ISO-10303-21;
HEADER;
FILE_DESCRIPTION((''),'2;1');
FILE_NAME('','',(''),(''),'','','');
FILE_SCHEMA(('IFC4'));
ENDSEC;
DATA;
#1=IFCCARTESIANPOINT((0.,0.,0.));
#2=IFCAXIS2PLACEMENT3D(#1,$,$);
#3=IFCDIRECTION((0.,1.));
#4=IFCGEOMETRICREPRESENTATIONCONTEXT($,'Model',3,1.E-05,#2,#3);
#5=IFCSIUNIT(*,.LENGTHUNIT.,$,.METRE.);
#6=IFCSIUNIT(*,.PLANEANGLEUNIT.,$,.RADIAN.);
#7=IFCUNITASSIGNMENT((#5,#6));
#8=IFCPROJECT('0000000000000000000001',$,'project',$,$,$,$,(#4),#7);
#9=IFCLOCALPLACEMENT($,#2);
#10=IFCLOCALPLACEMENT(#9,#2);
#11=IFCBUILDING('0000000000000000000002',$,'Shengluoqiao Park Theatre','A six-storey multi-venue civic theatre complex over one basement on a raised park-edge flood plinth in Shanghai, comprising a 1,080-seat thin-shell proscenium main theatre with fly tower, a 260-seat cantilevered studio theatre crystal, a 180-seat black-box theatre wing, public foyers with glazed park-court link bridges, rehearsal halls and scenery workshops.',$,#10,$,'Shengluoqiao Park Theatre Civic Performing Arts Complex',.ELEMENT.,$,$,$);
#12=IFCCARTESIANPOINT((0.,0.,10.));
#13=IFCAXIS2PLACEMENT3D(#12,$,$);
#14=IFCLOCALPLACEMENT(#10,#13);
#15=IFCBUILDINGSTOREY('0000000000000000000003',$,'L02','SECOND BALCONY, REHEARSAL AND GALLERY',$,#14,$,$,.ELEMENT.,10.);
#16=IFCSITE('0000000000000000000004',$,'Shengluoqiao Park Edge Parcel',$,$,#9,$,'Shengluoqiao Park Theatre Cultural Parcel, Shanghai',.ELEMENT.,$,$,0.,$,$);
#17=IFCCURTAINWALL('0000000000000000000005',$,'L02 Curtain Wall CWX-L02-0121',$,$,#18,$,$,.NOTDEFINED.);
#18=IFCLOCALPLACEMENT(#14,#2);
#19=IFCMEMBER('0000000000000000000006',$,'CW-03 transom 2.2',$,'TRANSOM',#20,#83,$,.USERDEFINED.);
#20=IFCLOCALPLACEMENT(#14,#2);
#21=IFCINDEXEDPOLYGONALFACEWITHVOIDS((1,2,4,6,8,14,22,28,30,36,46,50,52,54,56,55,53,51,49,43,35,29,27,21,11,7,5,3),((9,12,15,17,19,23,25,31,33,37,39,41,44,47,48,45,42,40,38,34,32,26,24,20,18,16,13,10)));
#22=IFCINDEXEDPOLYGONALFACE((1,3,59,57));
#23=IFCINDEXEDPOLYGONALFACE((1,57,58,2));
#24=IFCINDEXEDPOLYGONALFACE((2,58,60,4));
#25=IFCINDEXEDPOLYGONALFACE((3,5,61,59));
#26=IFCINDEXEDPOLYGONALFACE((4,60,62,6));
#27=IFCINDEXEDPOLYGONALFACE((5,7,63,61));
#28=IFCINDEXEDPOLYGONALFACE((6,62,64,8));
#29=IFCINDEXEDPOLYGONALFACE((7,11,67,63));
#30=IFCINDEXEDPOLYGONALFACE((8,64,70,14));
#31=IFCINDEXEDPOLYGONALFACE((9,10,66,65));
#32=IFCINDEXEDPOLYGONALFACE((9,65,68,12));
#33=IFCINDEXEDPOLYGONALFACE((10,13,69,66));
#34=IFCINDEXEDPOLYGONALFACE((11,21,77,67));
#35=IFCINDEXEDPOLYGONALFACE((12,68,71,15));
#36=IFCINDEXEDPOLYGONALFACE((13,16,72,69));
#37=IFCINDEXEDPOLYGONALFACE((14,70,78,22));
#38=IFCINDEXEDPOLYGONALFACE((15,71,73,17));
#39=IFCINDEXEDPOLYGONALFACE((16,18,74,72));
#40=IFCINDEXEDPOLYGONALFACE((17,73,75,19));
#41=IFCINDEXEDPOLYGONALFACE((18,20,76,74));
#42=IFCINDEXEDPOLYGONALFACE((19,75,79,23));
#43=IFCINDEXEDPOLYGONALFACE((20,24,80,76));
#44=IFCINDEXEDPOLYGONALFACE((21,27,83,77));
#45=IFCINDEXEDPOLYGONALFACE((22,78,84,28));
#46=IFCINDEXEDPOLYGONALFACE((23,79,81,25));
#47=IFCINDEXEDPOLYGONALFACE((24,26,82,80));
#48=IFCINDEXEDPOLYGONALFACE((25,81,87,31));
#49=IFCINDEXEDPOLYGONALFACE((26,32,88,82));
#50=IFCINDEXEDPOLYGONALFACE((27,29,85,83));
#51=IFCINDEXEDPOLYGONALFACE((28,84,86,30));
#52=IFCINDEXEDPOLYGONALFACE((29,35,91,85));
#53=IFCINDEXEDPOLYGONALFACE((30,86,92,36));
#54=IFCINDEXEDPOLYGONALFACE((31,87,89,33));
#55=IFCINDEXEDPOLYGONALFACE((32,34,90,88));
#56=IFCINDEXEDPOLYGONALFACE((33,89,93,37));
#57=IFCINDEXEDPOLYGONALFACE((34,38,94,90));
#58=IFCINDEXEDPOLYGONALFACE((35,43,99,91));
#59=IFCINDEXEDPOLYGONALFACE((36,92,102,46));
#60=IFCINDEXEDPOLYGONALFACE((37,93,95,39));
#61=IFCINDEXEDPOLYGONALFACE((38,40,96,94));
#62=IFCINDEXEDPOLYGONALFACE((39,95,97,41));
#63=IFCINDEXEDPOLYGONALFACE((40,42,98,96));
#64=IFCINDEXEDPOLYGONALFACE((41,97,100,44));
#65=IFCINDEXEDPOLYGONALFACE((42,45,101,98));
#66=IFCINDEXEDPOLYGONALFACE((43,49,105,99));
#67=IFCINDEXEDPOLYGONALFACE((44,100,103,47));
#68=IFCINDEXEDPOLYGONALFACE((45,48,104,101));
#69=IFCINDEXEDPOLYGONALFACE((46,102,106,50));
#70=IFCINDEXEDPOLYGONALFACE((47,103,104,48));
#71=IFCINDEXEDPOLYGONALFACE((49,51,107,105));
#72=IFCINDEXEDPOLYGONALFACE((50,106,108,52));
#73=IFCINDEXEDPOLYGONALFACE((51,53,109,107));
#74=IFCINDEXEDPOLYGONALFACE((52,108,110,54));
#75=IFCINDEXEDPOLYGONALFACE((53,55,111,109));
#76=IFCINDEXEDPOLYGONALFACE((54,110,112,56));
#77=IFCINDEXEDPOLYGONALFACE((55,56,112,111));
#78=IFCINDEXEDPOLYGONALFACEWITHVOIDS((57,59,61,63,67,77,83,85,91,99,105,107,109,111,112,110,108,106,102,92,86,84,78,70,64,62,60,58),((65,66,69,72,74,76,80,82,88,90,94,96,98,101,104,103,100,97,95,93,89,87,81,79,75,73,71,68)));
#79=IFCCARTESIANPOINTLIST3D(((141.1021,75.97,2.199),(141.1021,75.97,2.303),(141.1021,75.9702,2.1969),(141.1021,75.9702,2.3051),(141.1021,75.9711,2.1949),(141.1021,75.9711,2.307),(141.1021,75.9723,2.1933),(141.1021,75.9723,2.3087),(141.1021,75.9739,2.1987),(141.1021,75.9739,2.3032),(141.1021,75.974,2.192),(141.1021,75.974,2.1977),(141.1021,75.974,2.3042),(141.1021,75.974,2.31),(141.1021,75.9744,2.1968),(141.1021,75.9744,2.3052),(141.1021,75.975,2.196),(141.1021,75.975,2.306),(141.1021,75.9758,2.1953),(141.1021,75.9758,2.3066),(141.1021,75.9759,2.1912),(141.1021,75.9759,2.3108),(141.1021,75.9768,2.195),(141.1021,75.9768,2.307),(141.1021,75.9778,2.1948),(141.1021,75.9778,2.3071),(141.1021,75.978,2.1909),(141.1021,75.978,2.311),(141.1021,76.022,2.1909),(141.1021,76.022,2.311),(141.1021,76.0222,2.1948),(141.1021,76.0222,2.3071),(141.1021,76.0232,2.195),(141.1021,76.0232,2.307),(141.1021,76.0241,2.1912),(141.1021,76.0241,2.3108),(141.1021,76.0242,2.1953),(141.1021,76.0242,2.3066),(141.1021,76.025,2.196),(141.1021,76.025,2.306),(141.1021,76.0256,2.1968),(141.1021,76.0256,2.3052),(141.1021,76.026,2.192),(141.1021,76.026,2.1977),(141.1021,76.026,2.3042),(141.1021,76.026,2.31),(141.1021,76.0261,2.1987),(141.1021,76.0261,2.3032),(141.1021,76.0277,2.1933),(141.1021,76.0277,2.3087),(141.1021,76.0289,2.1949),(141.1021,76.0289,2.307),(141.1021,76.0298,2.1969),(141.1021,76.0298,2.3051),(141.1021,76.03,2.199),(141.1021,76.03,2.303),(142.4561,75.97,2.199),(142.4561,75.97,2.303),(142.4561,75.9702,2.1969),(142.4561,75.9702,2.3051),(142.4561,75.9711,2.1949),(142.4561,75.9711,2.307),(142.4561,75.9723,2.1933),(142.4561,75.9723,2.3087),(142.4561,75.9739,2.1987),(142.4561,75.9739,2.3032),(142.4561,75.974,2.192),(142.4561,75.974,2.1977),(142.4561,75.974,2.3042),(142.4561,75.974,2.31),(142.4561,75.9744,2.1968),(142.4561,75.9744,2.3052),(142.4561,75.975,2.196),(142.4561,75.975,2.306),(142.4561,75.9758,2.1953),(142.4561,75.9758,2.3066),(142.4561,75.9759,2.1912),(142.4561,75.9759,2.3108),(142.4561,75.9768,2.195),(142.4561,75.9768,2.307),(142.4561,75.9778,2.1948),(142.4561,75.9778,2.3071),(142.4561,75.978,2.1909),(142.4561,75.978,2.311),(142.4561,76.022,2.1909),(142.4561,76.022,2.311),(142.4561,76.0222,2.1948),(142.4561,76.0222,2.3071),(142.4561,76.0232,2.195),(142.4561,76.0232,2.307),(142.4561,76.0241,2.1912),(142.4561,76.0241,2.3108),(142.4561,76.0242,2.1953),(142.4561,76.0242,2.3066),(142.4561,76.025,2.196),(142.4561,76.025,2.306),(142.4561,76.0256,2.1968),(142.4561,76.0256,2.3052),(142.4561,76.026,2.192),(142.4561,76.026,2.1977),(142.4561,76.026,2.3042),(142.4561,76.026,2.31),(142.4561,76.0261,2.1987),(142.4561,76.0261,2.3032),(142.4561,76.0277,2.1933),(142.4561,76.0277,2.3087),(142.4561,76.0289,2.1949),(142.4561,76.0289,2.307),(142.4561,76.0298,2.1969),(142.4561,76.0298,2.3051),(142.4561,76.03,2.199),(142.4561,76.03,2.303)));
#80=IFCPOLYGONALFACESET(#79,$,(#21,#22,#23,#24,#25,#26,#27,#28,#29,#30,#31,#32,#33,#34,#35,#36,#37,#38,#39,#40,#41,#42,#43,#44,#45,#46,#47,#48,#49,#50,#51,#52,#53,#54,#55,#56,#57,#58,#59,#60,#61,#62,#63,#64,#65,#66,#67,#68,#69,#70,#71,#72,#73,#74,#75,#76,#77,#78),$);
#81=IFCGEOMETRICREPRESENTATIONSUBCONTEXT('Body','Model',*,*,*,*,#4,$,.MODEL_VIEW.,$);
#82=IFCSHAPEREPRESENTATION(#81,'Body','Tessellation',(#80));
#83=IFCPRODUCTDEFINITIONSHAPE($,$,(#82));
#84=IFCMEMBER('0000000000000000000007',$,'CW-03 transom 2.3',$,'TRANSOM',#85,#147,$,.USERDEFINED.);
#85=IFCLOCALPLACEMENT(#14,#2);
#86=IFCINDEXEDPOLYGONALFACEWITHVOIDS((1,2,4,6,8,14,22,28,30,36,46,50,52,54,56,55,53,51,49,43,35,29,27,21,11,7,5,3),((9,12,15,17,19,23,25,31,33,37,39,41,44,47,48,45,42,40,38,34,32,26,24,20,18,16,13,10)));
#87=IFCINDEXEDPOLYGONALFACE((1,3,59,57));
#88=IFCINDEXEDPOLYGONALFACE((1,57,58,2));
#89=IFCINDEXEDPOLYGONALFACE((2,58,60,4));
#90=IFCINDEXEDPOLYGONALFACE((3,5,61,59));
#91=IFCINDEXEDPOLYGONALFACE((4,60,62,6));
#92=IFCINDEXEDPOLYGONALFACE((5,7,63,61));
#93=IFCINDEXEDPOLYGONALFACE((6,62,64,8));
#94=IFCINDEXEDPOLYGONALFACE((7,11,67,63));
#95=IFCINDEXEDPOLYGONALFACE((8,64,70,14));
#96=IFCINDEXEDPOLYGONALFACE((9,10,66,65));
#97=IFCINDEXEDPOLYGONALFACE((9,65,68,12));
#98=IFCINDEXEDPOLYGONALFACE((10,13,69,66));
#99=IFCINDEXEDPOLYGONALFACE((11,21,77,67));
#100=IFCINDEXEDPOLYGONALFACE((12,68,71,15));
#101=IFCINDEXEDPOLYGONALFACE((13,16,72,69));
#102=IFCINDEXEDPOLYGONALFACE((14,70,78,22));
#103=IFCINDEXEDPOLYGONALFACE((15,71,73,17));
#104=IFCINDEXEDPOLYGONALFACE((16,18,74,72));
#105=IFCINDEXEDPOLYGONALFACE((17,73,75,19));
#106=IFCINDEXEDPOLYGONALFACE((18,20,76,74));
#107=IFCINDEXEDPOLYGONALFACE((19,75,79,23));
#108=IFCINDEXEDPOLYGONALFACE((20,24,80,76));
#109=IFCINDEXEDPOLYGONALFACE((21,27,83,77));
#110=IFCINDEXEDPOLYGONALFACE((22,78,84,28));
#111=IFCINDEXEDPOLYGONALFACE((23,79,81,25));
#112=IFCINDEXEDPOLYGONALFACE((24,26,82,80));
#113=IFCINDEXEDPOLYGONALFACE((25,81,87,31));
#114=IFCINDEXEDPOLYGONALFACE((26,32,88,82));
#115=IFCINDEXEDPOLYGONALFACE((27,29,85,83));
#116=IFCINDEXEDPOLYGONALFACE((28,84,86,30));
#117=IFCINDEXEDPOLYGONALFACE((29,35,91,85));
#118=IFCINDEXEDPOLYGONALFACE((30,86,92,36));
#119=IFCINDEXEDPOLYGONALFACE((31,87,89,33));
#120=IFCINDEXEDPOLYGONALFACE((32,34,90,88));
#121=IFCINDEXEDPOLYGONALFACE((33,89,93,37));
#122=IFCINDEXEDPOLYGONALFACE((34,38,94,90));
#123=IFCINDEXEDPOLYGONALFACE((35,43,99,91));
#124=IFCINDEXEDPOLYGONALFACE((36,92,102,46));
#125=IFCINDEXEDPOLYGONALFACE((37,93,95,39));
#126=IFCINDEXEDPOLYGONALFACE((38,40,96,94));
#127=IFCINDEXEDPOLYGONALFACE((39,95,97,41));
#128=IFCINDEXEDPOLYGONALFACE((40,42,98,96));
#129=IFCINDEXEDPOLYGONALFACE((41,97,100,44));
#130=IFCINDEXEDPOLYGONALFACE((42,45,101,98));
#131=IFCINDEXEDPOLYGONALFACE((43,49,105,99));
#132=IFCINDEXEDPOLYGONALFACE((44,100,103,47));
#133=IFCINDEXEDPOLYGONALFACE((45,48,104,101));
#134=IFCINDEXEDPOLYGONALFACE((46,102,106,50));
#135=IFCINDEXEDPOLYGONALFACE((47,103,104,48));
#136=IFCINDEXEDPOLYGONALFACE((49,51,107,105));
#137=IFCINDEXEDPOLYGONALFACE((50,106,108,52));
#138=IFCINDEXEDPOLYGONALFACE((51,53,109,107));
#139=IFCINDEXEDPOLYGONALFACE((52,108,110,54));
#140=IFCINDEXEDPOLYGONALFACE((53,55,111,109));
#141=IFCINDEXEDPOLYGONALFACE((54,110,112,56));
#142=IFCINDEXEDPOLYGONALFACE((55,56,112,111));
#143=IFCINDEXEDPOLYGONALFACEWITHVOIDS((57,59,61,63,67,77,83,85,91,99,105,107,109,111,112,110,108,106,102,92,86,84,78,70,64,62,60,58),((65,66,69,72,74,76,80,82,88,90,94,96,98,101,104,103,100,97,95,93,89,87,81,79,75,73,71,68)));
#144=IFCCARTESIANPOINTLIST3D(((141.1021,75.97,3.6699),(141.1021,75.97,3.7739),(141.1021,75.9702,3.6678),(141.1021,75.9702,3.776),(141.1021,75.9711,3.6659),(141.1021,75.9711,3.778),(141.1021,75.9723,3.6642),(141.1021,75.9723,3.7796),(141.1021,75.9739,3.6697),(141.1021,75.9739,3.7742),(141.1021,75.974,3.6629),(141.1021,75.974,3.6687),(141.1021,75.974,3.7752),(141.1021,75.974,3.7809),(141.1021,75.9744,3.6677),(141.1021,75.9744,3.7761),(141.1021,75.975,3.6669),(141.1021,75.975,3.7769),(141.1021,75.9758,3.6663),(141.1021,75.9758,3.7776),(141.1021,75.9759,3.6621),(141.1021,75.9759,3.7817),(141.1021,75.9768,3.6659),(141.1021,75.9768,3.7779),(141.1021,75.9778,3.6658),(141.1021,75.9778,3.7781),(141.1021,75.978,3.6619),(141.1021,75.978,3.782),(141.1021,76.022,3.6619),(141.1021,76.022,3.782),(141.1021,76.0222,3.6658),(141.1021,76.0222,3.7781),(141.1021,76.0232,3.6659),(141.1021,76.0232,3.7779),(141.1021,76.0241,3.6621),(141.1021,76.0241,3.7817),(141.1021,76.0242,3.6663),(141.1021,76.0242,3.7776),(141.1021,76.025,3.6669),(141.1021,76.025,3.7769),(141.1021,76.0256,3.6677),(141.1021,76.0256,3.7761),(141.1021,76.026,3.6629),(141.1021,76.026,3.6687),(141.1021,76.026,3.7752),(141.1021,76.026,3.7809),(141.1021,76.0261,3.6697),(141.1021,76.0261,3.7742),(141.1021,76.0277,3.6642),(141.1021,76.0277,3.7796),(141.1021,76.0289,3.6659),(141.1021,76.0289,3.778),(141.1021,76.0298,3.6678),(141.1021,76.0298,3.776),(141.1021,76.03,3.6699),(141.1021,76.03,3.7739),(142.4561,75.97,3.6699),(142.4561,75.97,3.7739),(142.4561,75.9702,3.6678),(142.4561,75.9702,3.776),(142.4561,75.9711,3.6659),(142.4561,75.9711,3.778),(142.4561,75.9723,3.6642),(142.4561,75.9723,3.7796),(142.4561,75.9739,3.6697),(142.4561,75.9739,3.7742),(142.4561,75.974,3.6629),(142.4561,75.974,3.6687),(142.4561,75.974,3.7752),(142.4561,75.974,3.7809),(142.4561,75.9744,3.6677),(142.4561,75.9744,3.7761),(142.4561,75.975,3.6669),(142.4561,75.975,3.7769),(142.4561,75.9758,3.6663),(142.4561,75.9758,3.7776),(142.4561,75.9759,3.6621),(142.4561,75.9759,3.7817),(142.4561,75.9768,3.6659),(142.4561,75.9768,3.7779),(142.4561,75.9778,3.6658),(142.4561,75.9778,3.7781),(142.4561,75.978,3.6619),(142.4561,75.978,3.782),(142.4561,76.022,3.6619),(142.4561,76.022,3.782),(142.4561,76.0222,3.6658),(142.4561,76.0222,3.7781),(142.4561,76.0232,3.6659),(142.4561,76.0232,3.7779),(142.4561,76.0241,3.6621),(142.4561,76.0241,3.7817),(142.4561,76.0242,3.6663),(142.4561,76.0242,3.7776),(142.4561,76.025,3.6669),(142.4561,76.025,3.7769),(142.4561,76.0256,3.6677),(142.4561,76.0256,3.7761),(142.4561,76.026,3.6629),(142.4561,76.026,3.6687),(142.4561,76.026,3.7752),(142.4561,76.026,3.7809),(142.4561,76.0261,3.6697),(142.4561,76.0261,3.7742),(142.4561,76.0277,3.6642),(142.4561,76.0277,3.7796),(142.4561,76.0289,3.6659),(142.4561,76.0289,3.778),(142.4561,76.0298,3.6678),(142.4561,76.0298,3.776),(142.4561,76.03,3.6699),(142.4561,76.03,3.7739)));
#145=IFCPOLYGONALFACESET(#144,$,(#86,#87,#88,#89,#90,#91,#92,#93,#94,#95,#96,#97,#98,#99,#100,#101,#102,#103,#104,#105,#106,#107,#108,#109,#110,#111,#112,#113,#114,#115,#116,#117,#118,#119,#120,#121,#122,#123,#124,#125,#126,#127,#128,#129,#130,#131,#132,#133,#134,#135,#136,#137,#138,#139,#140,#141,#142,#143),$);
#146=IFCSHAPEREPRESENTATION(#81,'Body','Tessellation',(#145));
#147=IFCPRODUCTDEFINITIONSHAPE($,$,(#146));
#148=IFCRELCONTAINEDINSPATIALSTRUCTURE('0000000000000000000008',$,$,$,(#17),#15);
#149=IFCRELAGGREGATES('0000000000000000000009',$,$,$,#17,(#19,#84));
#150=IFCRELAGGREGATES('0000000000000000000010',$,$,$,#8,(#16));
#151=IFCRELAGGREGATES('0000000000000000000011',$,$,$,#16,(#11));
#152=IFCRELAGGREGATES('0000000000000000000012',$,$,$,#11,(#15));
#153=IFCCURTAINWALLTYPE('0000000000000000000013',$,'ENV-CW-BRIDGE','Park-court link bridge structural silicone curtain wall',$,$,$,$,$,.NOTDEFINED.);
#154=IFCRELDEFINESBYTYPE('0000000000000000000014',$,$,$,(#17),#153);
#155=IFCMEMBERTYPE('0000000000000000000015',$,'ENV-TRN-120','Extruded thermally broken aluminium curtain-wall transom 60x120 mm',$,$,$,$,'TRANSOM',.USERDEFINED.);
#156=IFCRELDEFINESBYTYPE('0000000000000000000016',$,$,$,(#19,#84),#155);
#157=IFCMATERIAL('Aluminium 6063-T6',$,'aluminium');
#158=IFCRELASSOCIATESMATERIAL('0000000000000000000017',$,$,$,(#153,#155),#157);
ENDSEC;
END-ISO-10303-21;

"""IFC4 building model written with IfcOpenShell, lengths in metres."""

from ifc_helpers import new_model, si_unit, direction, frame, origin, origin_2d, place, context, subcontext, project, spatial, hollow_rectangle, extrude, material, material_profile, profile_set, type_object, element, aggregate, save


model = new_model("IFC4")

# Units and contexts
model_context = context("Model", 3, precision=1e-05, world=origin(), true_north=direction((0.0, 1.0)))
body_context = subcontext(model_context, "Body", "Model", "MODEL_VIEW")
ifc_project = project(units=[si_unit("LENGTHUNIT", "METRE"), si_unit("PLANEANGLEUNIT", "RADIAN")], contexts=[model_context])

# Site, building, storey
site_placement = place(None, origin())
site = spatial("IfcSite", under=ifc_project, at=site_placement, Name="Shengluoqiao Park Edge Parcel", LongName="Shengluoqiao Park Theatre Cultural Parcel, Shanghai", CompositionType="ELEMENT", RefElevation=0.0)
building_placement = place(site_placement, origin())
building = spatial("IfcBuilding", under=site, at=building_placement, Name="Shengluoqiao Park Theatre", Description="A six-storey multi-venue civic theatre complex over one basement on a raised park-edge flood plinth in Shanghai, comprising a 1,080-seat thin-shell proscenium main theatre with fly tower, a 260-seat cantilevered studio theatre crystal, a 180-seat black-box theatre wing, public foyers with glazed park-court link bridges, rehearsal halls and scenery workshops.", LongName="Shengluoqiao Park Theatre Civic Performing Arts Complex", CompositionType="ELEMENT")
storey_placement = place(building_placement, frame((0.0, 0.0, 10.0)))
storey = spatial("IfcBuildingStorey", under=building, at=storey_placement, Name="L02", Description="SECOND BALCONY, REHEARSAL AND GALLERY", CompositionType="ELEMENT", Elevation=10.0)

# Curtain wall, members
ifc_material_1 = material(Name="Aluminium 6063-T6", Category="aluminium")
curtain_wall_type = type_object("IfcCurtainWallType", Name="ENV-CW-BRIDGE", Description="Park-court link bridge structural silicone curtain wall", PredefinedType="NOTDEFINED", material=ifc_material_1)
curtain_wall_placement = place(storey_placement, origin())
curtain_wall = element("IfcCurtainWall", 1, at=curtain_wall_placement, inside=storey, type_object=curtain_wall_type, Name="L02 Curtain Wall CWX-L02-0121", PredefinedType="NOTDEFINED")
ifc_material_profile_1 = material_profile(ifc_material_1, hollow_rectangle(XDim=0.0601, YDim=0.1201, WallThickness=0.0039, InnerFilletRadius=0.0039, OuterFilletRadius=0.0081, at=origin_2d()), Name="ALU TRANSOM 120x60x4")
ifc_profile_set_1 = profile_set([ifc_material_profile_1], Name="Aluminium 6063-T6")
member_type_1 = type_object("IfcMemberType", Name="ENV-TRN-120", Description="Extruded thermally broken aluminium curtain-wall transom 60x120 mm", ElementType="TRANSOM", PredefinedType="USERDEFINED", material=ifc_profile_set_1)
member_1_placement = place(storey_placement, frame((141.1021, 76.0, 2.251), z_axis=(1.0, 0.0, 0.0), x_axis=(0.0, 1.0, 0.0)))
member_1 = element("IfcMember", 2, at=member_1_placement, type_object=member_type_1, Name="CW-03 transom 2.2", ObjectType="TRANSOM", PredefinedType="USERDEFINED", context=body_context, shape_type="SweptSolid", body=[
    extrude(hollow_rectangle(XDim=0.0601, YDim=0.1201, WallThickness=0.0039, InnerFilletRadius=0.0039, OuterFilletRadius=0.0081, at=origin_2d()), origin(), (0.0, 0.0, 1.0), 1.354),
])
member_2_placement = place(storey_placement, frame((141.1021, 76.0, 3.7219), z_axis=(1.0, 0.0, 0.0), x_axis=(0.0, 1.0, 0.0)))
member_2 = element("IfcMember", 3, at=member_2_placement, type_object=member_type_1, Name="CW-03 transom 2.3", ObjectType="TRANSOM", PredefinedType="USERDEFINED", context=body_context, shape_type="SweptSolid", body=[
    extrude(hollow_rectangle(XDim=0.0601, YDim=0.1201, WallThickness=0.0039, InnerFilletRadius=0.0039, OuterFilletRadius=0.0081, at=origin_2d()), origin(), (0.0, 0.0, 1.0), 1.354),
])
aggregate(curtain_wall, [member_1, member_2])

save(model, "model.ifc")
